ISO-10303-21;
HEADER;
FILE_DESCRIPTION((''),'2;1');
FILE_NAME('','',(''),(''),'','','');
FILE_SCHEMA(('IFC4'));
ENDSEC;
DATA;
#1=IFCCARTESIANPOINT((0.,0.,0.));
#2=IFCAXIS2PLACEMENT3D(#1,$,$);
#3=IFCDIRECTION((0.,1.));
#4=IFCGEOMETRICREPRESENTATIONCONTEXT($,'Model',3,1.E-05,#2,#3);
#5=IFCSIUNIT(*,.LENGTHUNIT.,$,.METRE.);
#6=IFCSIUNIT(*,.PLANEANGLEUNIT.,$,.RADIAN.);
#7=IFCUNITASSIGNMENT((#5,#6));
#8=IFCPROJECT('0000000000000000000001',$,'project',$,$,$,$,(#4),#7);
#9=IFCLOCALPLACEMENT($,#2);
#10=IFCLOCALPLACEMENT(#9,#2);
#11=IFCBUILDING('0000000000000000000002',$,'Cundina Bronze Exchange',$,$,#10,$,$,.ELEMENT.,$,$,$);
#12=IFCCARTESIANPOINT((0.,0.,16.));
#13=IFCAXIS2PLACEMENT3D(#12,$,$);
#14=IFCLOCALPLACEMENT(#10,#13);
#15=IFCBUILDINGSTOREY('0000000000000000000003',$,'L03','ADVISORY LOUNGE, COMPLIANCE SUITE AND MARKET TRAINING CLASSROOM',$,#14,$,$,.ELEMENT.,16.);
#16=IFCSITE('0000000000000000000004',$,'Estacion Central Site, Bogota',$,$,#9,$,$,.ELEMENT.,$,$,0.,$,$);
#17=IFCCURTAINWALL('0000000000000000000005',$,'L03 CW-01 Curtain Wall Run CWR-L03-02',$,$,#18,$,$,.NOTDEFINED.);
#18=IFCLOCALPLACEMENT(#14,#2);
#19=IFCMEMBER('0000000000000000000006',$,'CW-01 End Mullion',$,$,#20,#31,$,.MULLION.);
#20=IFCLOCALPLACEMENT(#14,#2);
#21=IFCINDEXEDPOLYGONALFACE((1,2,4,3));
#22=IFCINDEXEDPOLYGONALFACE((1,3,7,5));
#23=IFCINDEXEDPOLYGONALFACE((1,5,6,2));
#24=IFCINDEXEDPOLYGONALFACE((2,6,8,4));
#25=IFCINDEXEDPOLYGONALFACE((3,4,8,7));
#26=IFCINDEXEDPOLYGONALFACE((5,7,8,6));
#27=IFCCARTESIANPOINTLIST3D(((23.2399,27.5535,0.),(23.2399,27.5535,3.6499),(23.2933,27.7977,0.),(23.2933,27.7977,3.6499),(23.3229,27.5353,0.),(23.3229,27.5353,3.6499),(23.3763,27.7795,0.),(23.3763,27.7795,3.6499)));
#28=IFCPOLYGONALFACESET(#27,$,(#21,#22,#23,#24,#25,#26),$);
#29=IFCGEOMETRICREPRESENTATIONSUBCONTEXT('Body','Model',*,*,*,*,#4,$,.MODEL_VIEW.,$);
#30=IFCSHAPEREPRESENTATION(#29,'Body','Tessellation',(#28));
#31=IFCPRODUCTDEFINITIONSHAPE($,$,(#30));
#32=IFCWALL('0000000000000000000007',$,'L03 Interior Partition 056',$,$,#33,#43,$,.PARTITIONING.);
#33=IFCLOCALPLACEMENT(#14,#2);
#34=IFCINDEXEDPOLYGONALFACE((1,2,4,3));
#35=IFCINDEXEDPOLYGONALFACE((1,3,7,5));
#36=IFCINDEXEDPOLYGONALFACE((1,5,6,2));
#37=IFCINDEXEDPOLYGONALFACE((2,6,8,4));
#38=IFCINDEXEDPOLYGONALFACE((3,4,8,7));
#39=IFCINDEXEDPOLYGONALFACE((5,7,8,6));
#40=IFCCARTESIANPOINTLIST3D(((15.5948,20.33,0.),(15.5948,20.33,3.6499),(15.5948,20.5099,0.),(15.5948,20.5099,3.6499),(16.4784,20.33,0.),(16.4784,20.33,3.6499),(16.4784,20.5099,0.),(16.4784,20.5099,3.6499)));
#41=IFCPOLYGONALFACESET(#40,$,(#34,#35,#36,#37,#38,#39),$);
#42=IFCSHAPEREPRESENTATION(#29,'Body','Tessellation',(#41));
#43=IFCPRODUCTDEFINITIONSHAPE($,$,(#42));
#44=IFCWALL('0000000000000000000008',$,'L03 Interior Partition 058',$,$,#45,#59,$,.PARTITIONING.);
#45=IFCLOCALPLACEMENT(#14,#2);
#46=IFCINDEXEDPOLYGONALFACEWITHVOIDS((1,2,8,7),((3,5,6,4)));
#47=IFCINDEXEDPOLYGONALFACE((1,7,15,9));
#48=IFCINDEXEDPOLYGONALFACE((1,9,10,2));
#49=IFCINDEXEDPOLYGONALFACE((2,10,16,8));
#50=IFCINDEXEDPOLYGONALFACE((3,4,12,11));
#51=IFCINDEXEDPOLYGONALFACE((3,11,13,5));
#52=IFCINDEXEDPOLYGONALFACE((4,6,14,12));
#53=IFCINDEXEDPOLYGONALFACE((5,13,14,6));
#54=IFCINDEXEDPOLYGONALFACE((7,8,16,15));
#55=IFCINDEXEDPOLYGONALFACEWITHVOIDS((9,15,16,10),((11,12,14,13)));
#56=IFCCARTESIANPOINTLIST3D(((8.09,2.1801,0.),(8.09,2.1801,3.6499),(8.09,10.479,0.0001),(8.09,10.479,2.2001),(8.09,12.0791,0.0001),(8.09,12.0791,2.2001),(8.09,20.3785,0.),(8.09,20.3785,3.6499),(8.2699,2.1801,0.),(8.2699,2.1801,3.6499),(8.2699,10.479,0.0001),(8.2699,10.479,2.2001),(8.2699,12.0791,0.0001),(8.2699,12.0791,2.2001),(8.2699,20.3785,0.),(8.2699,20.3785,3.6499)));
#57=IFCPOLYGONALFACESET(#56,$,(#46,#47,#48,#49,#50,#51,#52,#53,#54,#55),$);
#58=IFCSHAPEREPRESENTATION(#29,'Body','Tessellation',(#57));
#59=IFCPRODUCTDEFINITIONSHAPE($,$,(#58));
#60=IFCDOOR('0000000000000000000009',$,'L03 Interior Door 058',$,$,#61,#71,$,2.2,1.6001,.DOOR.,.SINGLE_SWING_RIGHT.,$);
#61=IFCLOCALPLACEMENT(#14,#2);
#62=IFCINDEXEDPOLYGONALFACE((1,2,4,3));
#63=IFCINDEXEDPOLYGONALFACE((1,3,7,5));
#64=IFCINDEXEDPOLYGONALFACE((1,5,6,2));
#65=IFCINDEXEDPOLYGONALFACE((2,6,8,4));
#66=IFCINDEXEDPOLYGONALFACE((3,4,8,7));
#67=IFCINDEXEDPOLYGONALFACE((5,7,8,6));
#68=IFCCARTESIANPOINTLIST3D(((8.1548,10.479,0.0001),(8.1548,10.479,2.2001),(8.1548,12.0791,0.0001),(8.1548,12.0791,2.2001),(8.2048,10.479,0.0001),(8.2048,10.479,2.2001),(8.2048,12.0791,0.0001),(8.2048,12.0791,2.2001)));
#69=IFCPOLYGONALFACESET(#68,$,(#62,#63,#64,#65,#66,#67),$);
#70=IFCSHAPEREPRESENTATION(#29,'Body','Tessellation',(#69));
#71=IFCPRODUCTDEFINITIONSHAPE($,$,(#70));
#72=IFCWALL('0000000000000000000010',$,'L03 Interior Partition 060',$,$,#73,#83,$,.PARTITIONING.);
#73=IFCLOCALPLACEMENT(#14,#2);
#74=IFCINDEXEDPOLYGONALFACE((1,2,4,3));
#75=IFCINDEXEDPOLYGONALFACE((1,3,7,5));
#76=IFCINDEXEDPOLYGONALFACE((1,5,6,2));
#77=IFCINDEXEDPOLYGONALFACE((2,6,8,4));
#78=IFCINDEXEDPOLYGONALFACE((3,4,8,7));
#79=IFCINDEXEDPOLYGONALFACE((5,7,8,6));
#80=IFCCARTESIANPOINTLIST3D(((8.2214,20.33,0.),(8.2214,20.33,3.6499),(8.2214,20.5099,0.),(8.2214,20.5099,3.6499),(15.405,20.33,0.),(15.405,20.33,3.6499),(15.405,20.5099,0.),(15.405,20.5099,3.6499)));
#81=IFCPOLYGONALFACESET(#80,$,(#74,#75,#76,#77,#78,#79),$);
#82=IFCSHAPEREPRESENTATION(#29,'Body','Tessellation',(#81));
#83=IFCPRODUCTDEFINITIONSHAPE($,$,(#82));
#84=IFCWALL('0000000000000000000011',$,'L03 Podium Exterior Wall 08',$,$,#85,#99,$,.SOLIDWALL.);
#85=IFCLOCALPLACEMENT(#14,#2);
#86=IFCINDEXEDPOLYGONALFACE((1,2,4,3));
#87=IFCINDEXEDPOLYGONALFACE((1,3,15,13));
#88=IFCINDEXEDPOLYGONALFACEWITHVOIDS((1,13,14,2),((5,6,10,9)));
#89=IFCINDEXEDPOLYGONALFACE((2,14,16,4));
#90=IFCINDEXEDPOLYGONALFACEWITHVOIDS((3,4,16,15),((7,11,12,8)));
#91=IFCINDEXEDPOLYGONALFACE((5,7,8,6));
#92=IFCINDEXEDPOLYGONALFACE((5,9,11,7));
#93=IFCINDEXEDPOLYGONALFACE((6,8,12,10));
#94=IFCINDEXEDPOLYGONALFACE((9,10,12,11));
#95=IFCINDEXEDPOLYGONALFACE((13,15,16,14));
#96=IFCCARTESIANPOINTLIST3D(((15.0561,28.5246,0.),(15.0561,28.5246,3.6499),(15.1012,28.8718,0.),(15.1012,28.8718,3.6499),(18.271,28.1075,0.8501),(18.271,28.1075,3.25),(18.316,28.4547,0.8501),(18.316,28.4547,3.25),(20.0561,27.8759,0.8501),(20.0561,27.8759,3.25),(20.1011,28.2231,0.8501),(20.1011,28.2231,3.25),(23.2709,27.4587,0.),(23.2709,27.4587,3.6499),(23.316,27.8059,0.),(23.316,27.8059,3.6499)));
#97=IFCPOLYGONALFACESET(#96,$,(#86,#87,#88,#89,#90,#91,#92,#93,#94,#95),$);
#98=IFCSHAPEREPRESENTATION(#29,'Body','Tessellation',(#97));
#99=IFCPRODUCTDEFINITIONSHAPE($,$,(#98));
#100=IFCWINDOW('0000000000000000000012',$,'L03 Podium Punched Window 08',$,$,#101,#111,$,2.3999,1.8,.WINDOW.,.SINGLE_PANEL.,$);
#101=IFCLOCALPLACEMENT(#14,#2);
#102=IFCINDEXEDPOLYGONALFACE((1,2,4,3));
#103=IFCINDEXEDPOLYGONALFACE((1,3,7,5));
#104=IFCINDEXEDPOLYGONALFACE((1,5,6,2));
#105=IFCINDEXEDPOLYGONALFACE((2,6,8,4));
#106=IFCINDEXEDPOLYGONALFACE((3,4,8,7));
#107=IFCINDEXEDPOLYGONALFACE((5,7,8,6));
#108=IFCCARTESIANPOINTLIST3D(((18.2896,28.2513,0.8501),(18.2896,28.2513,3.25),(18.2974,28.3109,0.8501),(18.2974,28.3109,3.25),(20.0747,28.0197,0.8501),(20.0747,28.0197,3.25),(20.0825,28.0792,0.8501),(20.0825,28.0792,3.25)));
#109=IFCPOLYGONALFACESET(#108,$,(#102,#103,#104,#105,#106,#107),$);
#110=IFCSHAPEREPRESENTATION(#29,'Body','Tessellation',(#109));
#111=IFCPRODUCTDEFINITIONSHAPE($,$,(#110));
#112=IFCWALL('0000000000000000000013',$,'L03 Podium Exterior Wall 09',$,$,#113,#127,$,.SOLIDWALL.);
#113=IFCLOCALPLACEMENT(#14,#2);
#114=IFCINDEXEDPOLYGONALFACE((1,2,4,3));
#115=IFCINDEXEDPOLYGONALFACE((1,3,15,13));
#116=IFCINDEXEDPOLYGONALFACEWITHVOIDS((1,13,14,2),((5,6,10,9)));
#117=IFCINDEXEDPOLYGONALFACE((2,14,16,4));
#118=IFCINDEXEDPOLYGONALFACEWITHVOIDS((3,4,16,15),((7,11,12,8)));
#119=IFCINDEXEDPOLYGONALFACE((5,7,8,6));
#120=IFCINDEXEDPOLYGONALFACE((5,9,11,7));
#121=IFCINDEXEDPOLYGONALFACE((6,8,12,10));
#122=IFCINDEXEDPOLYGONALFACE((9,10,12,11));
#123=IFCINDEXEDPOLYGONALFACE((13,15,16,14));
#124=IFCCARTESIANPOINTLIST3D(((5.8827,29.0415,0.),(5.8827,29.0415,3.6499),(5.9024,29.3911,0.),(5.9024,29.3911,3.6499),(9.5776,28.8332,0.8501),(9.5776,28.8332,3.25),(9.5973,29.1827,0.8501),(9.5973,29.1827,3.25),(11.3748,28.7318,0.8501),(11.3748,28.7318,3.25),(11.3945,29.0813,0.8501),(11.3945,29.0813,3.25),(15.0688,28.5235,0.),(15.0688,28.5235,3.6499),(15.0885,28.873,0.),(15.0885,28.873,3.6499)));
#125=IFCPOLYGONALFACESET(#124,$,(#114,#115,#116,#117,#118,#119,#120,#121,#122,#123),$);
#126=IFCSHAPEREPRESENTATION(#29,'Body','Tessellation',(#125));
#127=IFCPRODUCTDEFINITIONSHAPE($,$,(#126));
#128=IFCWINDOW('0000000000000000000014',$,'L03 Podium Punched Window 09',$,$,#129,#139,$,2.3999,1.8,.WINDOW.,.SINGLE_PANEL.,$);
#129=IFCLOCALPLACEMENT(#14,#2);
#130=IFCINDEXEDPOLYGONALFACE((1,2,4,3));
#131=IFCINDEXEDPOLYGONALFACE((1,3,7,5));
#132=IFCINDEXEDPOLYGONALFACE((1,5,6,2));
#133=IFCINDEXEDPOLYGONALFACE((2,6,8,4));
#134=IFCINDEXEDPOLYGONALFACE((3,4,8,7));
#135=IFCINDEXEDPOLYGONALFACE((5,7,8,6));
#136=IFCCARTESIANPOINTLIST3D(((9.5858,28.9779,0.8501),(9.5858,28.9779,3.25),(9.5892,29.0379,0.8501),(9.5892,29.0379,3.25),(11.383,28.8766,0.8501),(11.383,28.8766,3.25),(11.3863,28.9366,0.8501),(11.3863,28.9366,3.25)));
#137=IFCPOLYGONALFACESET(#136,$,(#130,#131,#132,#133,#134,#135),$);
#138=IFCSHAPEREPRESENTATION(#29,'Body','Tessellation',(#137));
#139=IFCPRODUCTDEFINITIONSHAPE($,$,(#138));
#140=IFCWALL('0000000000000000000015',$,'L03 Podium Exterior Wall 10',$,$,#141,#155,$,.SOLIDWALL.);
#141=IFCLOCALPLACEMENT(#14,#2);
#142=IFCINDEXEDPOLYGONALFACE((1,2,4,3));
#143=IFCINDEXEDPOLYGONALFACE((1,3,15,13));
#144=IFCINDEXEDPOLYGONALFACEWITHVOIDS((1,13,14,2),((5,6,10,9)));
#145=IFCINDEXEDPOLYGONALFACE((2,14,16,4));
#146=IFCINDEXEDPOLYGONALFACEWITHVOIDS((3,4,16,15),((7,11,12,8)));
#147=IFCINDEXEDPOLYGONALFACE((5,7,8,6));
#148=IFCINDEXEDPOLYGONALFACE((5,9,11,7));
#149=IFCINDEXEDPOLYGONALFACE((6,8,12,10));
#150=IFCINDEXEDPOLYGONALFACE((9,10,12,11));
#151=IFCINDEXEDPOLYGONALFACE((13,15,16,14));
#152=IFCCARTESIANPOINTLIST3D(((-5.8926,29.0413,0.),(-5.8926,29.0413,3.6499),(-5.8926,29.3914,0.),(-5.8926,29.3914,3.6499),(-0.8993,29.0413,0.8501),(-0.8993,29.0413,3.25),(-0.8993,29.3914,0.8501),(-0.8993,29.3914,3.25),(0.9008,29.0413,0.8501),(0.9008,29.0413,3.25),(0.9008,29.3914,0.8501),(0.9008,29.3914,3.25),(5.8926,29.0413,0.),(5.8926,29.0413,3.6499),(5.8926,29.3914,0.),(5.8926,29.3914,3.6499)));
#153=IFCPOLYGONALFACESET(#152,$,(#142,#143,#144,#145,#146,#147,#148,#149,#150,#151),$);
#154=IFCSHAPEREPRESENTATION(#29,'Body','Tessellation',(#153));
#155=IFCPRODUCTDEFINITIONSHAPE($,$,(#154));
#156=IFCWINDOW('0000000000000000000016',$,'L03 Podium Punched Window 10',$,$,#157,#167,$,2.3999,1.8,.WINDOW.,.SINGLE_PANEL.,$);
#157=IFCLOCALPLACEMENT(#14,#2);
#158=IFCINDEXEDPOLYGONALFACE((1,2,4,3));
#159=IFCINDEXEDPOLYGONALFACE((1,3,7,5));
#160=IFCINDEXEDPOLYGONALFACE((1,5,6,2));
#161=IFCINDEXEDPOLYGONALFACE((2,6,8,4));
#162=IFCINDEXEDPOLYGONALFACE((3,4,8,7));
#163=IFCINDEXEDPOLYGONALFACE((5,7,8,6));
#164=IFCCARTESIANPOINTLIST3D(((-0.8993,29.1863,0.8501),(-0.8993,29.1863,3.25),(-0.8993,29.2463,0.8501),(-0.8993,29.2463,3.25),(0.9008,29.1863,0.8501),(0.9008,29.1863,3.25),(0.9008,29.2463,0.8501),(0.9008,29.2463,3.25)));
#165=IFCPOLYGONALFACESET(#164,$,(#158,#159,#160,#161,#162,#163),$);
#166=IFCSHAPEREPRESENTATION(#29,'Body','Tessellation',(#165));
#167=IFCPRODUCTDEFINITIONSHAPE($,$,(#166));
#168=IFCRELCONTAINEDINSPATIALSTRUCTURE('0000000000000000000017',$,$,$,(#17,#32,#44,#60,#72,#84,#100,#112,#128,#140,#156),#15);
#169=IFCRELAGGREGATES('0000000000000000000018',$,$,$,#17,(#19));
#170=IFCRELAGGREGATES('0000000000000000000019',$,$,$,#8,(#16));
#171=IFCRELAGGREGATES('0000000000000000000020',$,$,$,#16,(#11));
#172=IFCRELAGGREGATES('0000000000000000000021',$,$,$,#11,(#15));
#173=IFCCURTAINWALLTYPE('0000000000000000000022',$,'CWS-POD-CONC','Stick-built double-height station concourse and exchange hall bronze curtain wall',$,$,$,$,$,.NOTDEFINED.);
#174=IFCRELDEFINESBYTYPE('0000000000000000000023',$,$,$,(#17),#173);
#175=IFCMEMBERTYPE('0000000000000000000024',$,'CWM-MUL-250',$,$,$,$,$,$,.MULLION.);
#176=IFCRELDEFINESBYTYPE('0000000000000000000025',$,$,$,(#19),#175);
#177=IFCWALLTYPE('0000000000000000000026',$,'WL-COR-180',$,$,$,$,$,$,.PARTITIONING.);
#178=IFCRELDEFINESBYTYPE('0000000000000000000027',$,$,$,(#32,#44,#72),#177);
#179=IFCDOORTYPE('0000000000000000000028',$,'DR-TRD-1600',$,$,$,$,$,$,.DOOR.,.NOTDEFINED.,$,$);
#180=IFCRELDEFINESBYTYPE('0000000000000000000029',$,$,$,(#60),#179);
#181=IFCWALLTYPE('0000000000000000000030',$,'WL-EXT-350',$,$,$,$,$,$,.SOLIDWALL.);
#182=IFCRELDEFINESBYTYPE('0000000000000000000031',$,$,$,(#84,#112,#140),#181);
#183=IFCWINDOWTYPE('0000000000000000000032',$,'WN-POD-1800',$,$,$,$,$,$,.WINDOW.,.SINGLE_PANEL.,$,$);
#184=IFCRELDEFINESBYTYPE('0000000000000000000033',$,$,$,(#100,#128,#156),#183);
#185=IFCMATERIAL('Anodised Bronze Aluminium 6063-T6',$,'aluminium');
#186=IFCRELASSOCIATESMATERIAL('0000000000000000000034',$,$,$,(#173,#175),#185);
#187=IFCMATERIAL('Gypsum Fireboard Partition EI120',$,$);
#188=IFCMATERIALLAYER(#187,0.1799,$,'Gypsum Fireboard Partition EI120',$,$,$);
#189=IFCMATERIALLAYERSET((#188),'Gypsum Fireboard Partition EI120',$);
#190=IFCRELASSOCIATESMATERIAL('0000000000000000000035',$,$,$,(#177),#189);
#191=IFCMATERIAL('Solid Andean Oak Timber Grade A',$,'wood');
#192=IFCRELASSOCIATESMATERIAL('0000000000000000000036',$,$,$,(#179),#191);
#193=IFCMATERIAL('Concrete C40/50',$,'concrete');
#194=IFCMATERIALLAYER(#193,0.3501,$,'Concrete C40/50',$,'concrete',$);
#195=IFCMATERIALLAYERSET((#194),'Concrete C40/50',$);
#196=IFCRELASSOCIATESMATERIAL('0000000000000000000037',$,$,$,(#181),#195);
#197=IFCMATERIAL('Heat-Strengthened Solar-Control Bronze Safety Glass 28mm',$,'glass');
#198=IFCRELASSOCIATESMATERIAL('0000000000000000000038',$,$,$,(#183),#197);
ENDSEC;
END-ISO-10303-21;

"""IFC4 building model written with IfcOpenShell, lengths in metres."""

from ifc_helpers import new_model, si_unit, direction, frame, frame_2d, origin, origin_2d, place, context, subcontext, project, spatial, rectangle, extrude, material, layer, layer_set, material_profile, profile_set, type_object, element, fill, aggregate, save


model = new_model("IFC4")

# Units and contexts
model_context = context("Model", 3, precision=1e-05, world=origin(), true_north=direction((0.0, 1.0)))
body_context = subcontext(model_context, "Body", "Model", "MODEL_VIEW")
ifc_project = project(units=[si_unit("LENGTHUNIT", "METRE"), si_unit("PLANEANGLEUNIT", "RADIAN")], contexts=[model_context])

# Site, building, storey
site_placement = place(None, origin())
site = spatial("IfcSite", under=ifc_project, at=site_placement, Name="Estacion Central Site, Bogota", CompositionType="ELEMENT", RefElevation=0.0)
building_placement = place(site_placement, origin())
building = spatial("IfcBuilding", under=site, at=building_placement, Name="Cundina Bronze Exchange", CompositionType="ELEMENT")
storey_placement = place(building_placement, frame((0.0, 0.0, 16.0)))
storey = spatial("IfcBuildingStorey", under=building, at=storey_placement, Name="L03", Description="ADVISORY LOUNGE, COMPLIANCE SUITE AND MARKET TRAINING CLASSROOM", CompositionType="ELEMENT", Elevation=16.0)

# Curtain wall, member
ifc_material_1 = material(Name="Anodised Bronze Aluminium 6063-T6", Category="aluminium")
curtain_wall_type = type_object("IfcCurtainWallType", Name="CWS-POD-CONC", Description="Stick-built double-height station concourse and exchange hall bronze curtain wall", PredefinedType="NOTDEFINED", material=ifc_material_1)
curtain_wall_placement = place(storey_placement, origin())
curtain_wall = element("IfcCurtainWall", 1, at=curtain_wall_placement, inside=storey, type_object=curtain_wall_type, Name="L03 CW-01 Curtain Wall Run CWR-L03-02", PredefinedType="NOTDEFINED")
ifc_material_profile_1 = material_profile(ifc_material_1, rectangle(XDim=0.085, YDim=0.25, at=origin_2d()), Name="AL85X250", Category="aluminium")
ifc_profile_set_1 = profile_set([ifc_material_profile_1], Name="Anodised Bronze Aluminium 6063-T6")
member_type = type_object("IfcMemberType", Name="CWM-MUL-250", PredefinedType="MULLION", material=ifc_profile_set_1)
member_placement = place(storey_placement, frame((23.3081, 27.6665, 0.0), z_axis=(0.0, 0.0, 1.0), x_axis=(-0.976897, 0.213712, 0.0)))
member = element("IfcMember", 2, at=member_placement, type_object=member_type, Name="CW-01 End Mullion", PredefinedType="MULLION", context=body_context, shape_type="SweptSolid", body=[
    extrude(rectangle(XDim=0.085, YDim=0.25, at=origin_2d()), origin(), (0.0, 0.0, 1.0), 3.6499),
])
aggregate(curtain_wall, [member])

# Wall
ifc_material_2 = material(Name="Gypsum Fireboard Partition EI120")
ifc_layer_1 = layer(ifc_material_2, 0.1799, Name="Gypsum Fireboard Partition EI120")
ifc_layer_set_1 = layer_set([ifc_layer_1], Name="Gypsum Fireboard Partition EI120")
wall_type_1 = type_object("IfcWallType", Name="WL-COR-180", PredefinedType="PARTITIONING", material=ifc_layer_set_1)
wall_1_placement = place(storey_placement, frame((16.4785, 20.4199, 0.0), z_axis=(0.0, 0.0, 1.0), x_axis=(-1.0, 0.0, 0.0)))
element("IfcWall", 3, at=wall_1_placement, inside=storey, type_object=wall_type_1, Name="L03 Interior Partition 056", PredefinedType="PARTITIONING", context=body_context, shape_type="SweptSolid", body=[
    extrude(rectangle(XDim=0.8835, YDim=0.1799, at=frame_2d((0.4419, 0.0))), origin(), (0.0, 0.0, 1.0), 3.6499),
])

# Wall, opening, door
wall_2_placement = place(storey_placement, frame((8.1799, 20.3784, 0.0), z_axis=(0.0, 0.0, 1.0), x_axis=(0.0, -1.0, 0.0)))
wall_2 = element("IfcWall", 4, at=wall_2_placement, inside=storey, type_object=wall_type_1, Name="L03 Interior Partition 058", PredefinedType="PARTITIONING", context=body_context, shape_type="SweptSolid", body=[
    extrude(rectangle(XDim=18.1985, YDim=0.1799, at=frame_2d((9.0991, 0.0))), origin(), (0.0, 0.0, 1.0), 3.6499),
])
opening_1_placement = place(wall_2_placement, frame((8.2993, 0.0, 0.0)))
opening_1 = element("IfcOpeningElement", 5, at=opening_1_placement, cuts=wall_2, PredefinedType="OPENING", context=body_context, shape_type="SweptSolid", body=[
    extrude(rectangle(XDim=1.6001, YDim=2.2, at=frame_2d((0.8, 1.1001))), frame((0.0, 0.0999, 0.0), z_axis=(0.0, -1.0, 0.0), x_axis=(1.0, 0.0, 0.0)), (0.0, 0.0, 1.0), 0.2),
])
ifc_material_3 = material(Name="Solid Andean Oak Timber Grade A", Category="wood")
door_type_1 = type_object("IfcDoorType", Name="DR-TRD-1600", OperationType="NOTDEFINED", PredefinedType="DOOR", material=ifc_material_3)
door_1_placement = place(opening_1_placement, origin())
door_1 = element("IfcDoor", 6, at=door_1_placement, inside=storey, type_object=door_type_1, Name="L03 Interior Door 058", OperationType="SINGLE_SWING_RIGHT", OverallHeight=2.2, OverallWidth=1.6001, PredefinedType="DOOR", context=body_context, shape_type="SweptSolid", body=[
    extrude(rectangle(XDim=1.6001, YDim=2.2, at=frame_2d((0.8, 1.1001))), frame((0.0, 0.0249, 0.0), z_axis=(0.0, -1.0, 0.0), x_axis=(1.0, 0.0, 0.0)), (0.0, 0.0, 1.0), 0.05),
])
fill(opening_1, door_1)

# Wall
wall_3_placement = place(storey_placement, frame((15.405, 20.4199, 0.0), z_axis=(0.0, 0.0, 1.0), x_axis=(-1.0, 0.0, 0.0)))
element("IfcWall", 7, at=wall_3_placement, inside=storey, type_object=wall_type_1, Name="L03 Interior Partition 060", PredefinedType="PARTITIONING", context=body_context, shape_type="SweptSolid", body=[
    extrude(rectangle(XDim=7.1836, YDim=0.1799, at=frame_2d((3.5918, 0.0))), origin(), (0.0, 0.0, 1.0), 3.6499),
])

# Walls, openings, windows
ifc_material_4 = material(Name="Concrete C40/50", Category="concrete")
ifc_layer_2 = layer(ifc_material_4, 0.3501, Name="Concrete C40/50", Category="concrete")
ifc_layer_set_2 = layer_set([ifc_layer_2], Name="Concrete C40/50")
wall_type_2 = type_object("IfcWallType", Name="WL-EXT-350", PredefinedType="SOLIDWALL", material=ifc_layer_set_2)
wall_4_placement = place(storey_placement, frame((23.2935, 27.6323, 0.0), z_axis=(0.0, 0.0, 1.0), x_axis=(-0.991687, 0.128676, 0.0)))
wall_4 = element("IfcWall", 8, at=wall_4_placement, inside=storey, type_object=wall_type_2, Name="L03 Podium Exterior Wall 08", PredefinedType="SOLIDWALL", context=body_context, shape_type="SweptSolid", body=[
    extrude(rectangle(XDim=8.2837, YDim=0.3501, at=frame_2d((4.1418, 0.0))), origin(), (0.0, 0.0, 1.0), 3.6499),
])
opening_2_placement = place(wall_4_placement, frame((3.2419, 0.0, 0.8501)))
opening_2 = element("IfcOpeningElement", 9, at=opening_2_placement, cuts=wall_4, PredefinedType="OPENING", context=body_context, shape_type="SweptSolid", body=[
    extrude(rectangle(XDim=1.8, YDim=2.3999, at=frame_2d((0.8999, 1.2))), frame((0.0, 0.1851, 0.0), z_axis=(0.0, -1.0, 0.0), x_axis=(1.0, 0.0, 0.0)), (0.0, 0.0, 1.0), 0.3701),
])
ifc_material_5 = material(Name="Heat-Strengthened Solar-Control Bronze Safety Glass 28mm", Category="glass")
window_type_1 = type_object("IfcWindowType", Name="WN-POD-1800", PartitioningType="SINGLE_PANEL", PredefinedType="WINDOW", material=ifc_material_5)
window_1_placement = place(opening_2_placement, origin())
window_1 = element("IfcWindow", 10, at=window_1_placement, inside=storey, type_object=window_type_1, Name="L03 Podium Punched Window 08", OverallHeight=2.3999, OverallWidth=1.8, PartitioningType="SINGLE_PANEL", PredefinedType="WINDOW", context=body_context, shape_type="SweptSolid", body=[
    extrude(rectangle(XDim=1.8, YDim=2.3999, at=frame_2d((0.8999, 1.2))), frame((0.0, 0.03, 0.0), z_axis=(0.0, -1.0, 0.0), x_axis=(1.0, 0.0, 0.0)), (0.0, 0.0, 1.0), 0.0601),
])
fill(opening_2, window_1)
wall_5_placement = place(storey_placement, frame((15.0786, 28.6982, 0.0), z_axis=(0.0, 0.0, 1.0), x_axis=(-0.998413, 0.056308, 0.0)))
wall_5 = element("IfcWall", 11, at=wall_5_placement, inside=storey, type_object=wall_type_2, Name="L03 Podium Exterior Wall 09", PredefinedType="SOLIDWALL", context=body_context, shape_type="SweptSolid", body=[
    extrude(rectangle(XDim=9.2007, YDim=0.3501, at=frame_2d((4.6003, 0.0))), origin(), (0.0, 0.0, 1.0), 3.6499),
])
opening_3_placement = place(wall_5_placement, frame((3.7, 0.0, 0.8501)))
opening_3 = element("IfcOpeningElement", 12, at=opening_3_placement, cuts=wall_5, PredefinedType="OPENING", context=body_context, shape_type="SweptSolid", body=[
    extrude(rectangle(XDim=1.8, YDim=2.3999, at=frame_2d((0.8999, 1.2))), frame((0.0, 0.1851, 0.0), z_axis=(0.0, -1.0, 0.0), x_axis=(1.0, 0.0, 0.0)), (0.0, 0.0, 1.0), 0.3701),
])
window_2_placement = place(opening_3_placement, origin())
window_2 = element("IfcWindow", 13, at=window_2_placement, inside=storey, type_object=window_type_1, Name="L03 Podium Punched Window 09", OverallHeight=2.3999, OverallWidth=1.8, PartitioningType="SINGLE_PANEL", PredefinedType="WINDOW", context=body_context, shape_type="SweptSolid", body=[
    extrude(rectangle(XDim=1.8, YDim=2.3999, at=frame_2d((0.8999, 1.2))), frame((0.0, 0.03, 0.0), z_axis=(0.0, -1.0, 0.0), x_axis=(1.0, 0.0, 0.0)), (0.0, 0.0, 1.0), 0.0601),
])
fill(opening_3, window_2)
wall_6_placement = place(storey_placement, frame((5.8926, 29.2163, 0.0), z_axis=(0.0, 0.0, 1.0), x_axis=(-1.0, 0.0, 0.0)))
wall_6 = element("IfcWall", 14, at=wall_6_placement, inside=storey, type_object=wall_type_2, Name="L03 Podium Exterior Wall 10", PredefinedType="SOLIDWALL", context=body_context, shape_type="SweptSolid", body=[
    extrude(rectangle(XDim=11.7852, YDim=0.3501, at=frame_2d((5.8926, 0.0))), origin(), (0.0, 0.0, 1.0), 3.6499),
])
opening_4_placement = place(wall_6_placement, frame((4.9919, 0.0, 0.8501)))
opening_4 = element("IfcOpeningElement", 15, at=opening_4_placement, cuts=wall_6, PredefinedType="OPENING", context=body_context, shape_type="SweptSolid", body=[
    extrude(rectangle(XDim=1.8, YDim=2.3999, at=frame_2d((0.8999, 1.2))), frame((0.0, 0.1851, 0.0), z_axis=(0.0, -1.0, 0.0), x_axis=(1.0, 0.0, 0.0)), (0.0, 0.0, 1.0), 0.3701),
])
window_3_placement = place(opening_4_placement, origin())
window_3 = element("IfcWindow", 16, at=window_3_placement, inside=storey, type_object=window_type_1, Name="L03 Podium Punched Window 10", OverallHeight=2.3999, OverallWidth=1.8, PartitioningType="SINGLE_PANEL", PredefinedType="WINDOW", context=body_context, shape_type="SweptSolid", body=[
    extrude(rectangle(XDim=1.8, YDim=2.3999, at=frame_2d((0.8999, 1.2))), frame((0.0, 0.03, 0.0), z_axis=(0.0, -1.0, 0.0), x_axis=(1.0, 0.0, 0.0)), (0.0, 0.0, 1.0), 0.0601),
])
fill(opening_4, window_3)

save(model, "model.ifc")
